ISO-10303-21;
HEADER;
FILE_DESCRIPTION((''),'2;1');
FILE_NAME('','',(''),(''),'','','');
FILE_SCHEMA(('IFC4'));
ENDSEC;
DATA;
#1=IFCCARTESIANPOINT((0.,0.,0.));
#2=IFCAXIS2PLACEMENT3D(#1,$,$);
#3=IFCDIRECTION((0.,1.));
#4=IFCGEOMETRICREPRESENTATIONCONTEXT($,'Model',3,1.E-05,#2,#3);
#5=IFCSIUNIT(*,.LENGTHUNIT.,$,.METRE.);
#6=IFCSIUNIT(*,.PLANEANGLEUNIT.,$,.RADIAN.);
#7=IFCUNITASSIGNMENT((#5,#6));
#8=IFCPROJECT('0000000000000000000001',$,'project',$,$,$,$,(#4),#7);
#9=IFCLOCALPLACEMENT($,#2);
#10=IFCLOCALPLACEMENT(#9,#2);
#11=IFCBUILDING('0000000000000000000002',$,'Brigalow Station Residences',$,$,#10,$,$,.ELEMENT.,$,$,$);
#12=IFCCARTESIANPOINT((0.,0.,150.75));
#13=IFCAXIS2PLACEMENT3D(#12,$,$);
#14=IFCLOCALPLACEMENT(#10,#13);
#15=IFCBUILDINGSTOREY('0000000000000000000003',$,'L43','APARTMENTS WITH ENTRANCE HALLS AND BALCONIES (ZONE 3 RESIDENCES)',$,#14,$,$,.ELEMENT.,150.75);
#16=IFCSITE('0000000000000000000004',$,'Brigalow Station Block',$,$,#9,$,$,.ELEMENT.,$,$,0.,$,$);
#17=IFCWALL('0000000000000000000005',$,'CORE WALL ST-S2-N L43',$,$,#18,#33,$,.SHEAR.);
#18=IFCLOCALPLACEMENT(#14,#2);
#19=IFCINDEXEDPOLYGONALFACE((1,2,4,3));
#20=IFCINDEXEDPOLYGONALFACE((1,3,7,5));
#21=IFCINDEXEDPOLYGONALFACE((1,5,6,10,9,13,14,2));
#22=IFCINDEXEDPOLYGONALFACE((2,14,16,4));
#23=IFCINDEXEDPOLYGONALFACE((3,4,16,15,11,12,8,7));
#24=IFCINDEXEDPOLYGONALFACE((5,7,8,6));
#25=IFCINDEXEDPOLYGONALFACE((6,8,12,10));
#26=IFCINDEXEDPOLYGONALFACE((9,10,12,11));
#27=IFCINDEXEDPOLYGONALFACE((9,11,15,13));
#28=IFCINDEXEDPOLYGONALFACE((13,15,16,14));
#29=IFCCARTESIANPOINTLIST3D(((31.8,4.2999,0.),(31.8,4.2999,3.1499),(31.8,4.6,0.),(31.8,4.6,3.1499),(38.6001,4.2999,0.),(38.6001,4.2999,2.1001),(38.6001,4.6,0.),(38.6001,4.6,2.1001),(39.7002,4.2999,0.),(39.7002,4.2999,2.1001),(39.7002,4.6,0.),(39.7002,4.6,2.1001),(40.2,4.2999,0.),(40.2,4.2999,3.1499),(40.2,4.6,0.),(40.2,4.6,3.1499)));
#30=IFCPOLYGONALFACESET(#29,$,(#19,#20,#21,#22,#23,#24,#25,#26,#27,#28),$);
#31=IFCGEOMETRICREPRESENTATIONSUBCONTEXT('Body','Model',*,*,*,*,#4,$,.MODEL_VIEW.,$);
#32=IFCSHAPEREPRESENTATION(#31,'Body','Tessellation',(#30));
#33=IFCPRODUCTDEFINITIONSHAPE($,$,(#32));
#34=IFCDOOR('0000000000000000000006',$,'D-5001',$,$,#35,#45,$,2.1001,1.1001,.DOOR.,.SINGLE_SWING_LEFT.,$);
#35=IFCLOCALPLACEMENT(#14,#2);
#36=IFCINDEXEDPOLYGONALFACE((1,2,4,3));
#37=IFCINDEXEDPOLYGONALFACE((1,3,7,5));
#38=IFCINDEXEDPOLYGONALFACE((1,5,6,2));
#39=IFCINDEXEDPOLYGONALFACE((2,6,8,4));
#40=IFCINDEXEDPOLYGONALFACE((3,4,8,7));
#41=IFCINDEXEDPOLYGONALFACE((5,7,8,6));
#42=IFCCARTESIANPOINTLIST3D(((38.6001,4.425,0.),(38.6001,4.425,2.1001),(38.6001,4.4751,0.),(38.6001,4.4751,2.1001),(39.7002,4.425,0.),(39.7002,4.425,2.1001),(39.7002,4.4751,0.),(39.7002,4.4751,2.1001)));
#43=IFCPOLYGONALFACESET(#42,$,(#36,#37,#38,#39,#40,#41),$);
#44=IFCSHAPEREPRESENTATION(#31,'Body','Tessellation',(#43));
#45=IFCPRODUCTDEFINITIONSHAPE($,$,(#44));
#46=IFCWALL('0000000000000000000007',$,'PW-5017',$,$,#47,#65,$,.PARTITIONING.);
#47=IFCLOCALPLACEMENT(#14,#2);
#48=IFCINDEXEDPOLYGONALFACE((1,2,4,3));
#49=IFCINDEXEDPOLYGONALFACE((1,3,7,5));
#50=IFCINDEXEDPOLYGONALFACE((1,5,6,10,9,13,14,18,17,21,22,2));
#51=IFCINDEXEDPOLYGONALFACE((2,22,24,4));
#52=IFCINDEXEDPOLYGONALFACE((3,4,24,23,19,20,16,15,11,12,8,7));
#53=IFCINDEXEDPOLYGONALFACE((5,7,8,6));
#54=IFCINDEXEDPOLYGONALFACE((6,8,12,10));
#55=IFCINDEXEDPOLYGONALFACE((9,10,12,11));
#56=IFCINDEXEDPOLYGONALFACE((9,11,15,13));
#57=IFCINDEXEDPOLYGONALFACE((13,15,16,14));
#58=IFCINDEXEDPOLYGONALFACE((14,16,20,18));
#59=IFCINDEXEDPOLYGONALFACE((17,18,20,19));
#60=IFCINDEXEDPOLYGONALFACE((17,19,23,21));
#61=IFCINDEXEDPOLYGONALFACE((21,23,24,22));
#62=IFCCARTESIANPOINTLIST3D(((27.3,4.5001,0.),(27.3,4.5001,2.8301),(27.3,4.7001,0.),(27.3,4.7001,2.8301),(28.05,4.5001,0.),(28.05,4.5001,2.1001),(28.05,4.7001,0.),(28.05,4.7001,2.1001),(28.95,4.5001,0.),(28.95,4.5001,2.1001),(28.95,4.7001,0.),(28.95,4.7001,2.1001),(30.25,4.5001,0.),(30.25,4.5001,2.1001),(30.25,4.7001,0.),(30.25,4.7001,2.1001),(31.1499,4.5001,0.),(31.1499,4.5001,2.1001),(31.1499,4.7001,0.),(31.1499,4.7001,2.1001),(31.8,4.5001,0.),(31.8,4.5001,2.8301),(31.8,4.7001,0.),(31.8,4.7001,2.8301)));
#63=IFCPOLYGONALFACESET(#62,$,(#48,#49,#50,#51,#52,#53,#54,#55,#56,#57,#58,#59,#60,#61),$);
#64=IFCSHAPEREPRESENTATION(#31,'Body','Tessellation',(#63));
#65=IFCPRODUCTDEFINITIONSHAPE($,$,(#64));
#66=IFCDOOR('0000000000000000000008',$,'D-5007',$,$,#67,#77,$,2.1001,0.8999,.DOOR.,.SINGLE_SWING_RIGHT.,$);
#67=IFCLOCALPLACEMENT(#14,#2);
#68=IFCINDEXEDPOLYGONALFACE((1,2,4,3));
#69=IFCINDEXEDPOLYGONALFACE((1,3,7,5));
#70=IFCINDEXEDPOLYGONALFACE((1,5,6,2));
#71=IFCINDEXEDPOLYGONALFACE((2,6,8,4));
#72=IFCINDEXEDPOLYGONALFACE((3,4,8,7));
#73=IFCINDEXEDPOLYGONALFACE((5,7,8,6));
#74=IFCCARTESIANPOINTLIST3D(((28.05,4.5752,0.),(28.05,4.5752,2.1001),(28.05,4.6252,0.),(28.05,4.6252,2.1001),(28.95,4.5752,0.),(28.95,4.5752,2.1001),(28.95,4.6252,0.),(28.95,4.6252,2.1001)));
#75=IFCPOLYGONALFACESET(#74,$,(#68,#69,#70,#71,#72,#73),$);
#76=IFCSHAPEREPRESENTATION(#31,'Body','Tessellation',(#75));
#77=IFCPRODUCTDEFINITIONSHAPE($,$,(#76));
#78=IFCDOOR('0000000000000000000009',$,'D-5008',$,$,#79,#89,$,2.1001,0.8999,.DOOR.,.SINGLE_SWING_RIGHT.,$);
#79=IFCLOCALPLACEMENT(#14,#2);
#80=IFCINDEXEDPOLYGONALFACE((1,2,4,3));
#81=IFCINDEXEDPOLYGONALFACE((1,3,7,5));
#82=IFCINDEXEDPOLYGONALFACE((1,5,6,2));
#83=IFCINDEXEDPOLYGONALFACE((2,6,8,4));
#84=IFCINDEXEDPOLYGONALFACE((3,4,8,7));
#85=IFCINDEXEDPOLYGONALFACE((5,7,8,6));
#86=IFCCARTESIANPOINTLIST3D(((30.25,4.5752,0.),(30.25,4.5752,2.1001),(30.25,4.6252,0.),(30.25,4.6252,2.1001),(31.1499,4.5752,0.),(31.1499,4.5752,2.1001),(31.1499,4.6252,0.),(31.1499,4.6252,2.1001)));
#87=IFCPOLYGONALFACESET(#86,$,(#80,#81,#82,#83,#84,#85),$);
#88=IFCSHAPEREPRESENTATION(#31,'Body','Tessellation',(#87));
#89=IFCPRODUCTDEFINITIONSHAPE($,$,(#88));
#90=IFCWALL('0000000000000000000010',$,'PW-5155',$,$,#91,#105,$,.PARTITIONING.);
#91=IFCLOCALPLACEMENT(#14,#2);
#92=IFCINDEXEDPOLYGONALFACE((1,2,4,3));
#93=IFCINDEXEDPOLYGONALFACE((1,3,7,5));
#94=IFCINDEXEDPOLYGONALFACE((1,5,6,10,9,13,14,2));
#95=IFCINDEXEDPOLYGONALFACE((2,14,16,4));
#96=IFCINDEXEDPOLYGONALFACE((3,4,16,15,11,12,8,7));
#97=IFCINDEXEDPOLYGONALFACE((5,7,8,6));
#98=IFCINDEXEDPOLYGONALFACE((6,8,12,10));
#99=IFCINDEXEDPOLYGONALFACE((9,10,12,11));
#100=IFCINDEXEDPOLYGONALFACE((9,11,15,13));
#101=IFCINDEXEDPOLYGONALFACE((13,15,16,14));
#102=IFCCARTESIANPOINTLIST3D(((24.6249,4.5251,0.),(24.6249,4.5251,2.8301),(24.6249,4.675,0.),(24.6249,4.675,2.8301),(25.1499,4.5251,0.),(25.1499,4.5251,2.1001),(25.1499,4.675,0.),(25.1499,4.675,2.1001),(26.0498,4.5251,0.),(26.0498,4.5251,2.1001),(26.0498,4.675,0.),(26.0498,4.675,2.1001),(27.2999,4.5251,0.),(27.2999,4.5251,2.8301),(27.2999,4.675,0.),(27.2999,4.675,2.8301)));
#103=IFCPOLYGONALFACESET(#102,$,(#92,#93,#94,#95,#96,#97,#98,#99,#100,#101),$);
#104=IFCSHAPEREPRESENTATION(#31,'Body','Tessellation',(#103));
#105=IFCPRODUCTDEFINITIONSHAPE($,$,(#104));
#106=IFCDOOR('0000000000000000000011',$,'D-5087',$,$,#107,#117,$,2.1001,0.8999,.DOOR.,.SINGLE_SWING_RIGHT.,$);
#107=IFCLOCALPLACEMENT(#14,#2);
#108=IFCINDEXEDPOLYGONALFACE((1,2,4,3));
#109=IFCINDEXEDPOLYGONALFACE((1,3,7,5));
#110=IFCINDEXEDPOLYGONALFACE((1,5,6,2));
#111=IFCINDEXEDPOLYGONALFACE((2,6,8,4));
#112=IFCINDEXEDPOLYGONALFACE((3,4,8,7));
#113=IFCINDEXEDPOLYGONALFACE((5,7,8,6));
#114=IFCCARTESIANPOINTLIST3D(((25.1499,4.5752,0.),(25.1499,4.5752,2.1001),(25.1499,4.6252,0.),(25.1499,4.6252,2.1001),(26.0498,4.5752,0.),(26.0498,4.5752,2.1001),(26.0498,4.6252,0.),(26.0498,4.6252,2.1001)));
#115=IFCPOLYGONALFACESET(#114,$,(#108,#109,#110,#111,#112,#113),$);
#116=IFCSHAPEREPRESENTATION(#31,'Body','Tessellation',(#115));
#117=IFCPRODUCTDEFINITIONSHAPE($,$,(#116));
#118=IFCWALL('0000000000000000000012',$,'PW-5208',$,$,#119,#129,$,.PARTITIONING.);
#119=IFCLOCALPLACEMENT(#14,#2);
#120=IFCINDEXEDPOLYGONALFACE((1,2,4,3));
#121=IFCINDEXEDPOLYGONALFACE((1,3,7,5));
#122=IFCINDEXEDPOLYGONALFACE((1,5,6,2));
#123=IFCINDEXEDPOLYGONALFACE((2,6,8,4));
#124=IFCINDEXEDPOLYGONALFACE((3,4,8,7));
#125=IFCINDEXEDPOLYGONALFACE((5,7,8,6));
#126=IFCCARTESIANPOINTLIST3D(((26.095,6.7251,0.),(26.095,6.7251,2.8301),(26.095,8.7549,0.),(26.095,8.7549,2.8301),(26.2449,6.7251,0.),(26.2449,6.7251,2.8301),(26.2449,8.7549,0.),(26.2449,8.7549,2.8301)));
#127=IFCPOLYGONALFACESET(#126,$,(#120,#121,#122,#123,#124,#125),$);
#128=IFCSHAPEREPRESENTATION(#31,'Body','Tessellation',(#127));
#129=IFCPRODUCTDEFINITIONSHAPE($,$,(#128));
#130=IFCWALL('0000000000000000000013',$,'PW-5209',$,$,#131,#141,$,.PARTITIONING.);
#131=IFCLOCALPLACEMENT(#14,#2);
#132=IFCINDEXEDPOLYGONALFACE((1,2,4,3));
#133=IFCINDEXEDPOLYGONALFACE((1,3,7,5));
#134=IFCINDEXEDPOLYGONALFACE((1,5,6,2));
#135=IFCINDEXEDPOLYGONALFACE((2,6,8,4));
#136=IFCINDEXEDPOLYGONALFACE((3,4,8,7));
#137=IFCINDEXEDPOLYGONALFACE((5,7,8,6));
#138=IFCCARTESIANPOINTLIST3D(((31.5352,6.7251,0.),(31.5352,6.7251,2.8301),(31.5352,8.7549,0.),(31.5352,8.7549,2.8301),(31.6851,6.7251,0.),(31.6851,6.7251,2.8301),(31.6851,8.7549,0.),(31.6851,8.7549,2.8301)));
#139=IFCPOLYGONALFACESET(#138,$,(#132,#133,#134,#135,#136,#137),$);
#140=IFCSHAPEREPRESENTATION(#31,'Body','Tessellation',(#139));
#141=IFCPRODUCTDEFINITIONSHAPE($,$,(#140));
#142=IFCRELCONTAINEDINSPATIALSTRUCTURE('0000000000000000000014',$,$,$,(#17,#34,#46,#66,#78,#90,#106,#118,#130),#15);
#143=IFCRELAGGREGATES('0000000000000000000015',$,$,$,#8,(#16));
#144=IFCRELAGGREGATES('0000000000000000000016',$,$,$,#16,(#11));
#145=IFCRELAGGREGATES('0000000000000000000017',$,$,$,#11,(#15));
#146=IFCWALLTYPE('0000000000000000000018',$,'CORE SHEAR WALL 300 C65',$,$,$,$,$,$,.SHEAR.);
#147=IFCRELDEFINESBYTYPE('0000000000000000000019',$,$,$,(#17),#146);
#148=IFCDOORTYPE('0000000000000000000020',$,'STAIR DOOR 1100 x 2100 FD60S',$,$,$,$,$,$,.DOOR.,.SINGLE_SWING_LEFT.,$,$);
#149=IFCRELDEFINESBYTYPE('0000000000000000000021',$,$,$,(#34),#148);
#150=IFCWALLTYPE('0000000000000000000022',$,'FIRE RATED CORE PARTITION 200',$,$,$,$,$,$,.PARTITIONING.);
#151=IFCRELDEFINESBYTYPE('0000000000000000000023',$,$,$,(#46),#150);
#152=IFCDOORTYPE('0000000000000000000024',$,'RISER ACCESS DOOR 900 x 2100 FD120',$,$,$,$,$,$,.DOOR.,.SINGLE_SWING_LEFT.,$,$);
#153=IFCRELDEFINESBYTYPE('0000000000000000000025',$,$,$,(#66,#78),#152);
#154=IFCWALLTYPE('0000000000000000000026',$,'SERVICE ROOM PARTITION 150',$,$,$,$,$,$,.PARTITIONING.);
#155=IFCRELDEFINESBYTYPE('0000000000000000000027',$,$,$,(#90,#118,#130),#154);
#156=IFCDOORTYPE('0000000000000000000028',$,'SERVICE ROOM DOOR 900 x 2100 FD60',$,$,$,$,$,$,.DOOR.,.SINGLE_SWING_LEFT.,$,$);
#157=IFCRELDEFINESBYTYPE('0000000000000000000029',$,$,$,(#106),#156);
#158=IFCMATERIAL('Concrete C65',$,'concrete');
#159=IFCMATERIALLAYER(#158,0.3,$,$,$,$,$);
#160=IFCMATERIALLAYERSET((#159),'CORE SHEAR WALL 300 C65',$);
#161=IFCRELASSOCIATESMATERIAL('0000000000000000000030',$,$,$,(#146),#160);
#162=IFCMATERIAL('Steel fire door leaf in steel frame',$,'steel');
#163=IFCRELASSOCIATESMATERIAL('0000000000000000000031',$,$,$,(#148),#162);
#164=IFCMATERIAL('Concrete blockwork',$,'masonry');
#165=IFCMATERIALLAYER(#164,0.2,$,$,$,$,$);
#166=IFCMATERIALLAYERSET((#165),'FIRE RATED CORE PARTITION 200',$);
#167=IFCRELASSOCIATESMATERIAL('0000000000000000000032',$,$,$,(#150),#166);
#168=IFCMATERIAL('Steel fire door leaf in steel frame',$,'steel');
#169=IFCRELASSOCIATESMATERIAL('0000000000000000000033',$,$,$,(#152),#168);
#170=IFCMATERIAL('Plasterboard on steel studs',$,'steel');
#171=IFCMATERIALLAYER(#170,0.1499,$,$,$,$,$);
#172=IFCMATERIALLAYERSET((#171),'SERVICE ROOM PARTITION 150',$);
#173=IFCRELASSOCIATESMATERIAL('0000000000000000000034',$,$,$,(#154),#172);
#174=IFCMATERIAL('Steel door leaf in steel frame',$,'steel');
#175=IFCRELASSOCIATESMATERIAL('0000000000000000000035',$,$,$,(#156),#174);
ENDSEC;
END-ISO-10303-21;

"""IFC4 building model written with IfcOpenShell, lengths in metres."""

from ifc_helpers import new_model, si_unit, direction, frame, frame_2d, origin, place, context, subcontext, project, spatial, rectangle, extrude, material, layer, layer_set, type_object, element, fill, save


model = new_model("IFC4")

# Units and contexts
model_context = context("Model", 3, precision=1e-05, world=origin(), true_north=direction((0.0, 1.0)))
body_context = subcontext(model_context, "Body", "Model", "MODEL_VIEW")
ifc_project = project(units=[si_unit("LENGTHUNIT", "METRE"), si_unit("PLANEANGLEUNIT", "RADIAN")], contexts=[model_context])

# Site, building, storey
site_placement = place(None, origin())
site = spatial("IfcSite", under=ifc_project, at=site_placement, Name="Brigalow Station Block", CompositionType="ELEMENT", RefElevation=0.0)
building_placement = place(site_placement, origin())
building = spatial("IfcBuilding", under=site, at=building_placement, Name="Brigalow Station Residences", CompositionType="ELEMENT")
storey_placement = place(building_placement, frame((0.0, 0.0, 150.75)))
storey = spatial("IfcBuildingStorey", under=building, at=storey_placement, Name="L43", Description="APARTMENTS WITH ENTRANCE HALLS AND BALCONIES (ZONE 3 RESIDENCES)", CompositionType="ELEMENT", Elevation=150.75)

# Wall, opening, door
ifc_material_1 = material(Name="Concrete C65", Category="concrete")
ifc_layer_1 = layer(ifc_material_1, 0.3)
ifc_layer_set_1 = layer_set([ifc_layer_1], Name="CORE SHEAR WALL 300 C65")
wall_type_1 = type_object("IfcWallType", Name="CORE SHEAR WALL 300 C65", PredefinedType="SHEAR", material=ifc_layer_set_1)
wall_1_placement = place(storey_placement, frame((31.8, 4.45, 0.0), z_axis=(0.0, 0.0, 1.0), x_axis=(1.0, 0.0, 0.0)))
wall_1 = element("IfcWall", 1, at=wall_1_placement, inside=storey, type_object=wall_type_1, Name="CORE WALL ST-S2-N L43", PredefinedType="SHEAR", context=body_context, shape_type="SweptSolid", body=[
    extrude(rectangle(XDim=8.3999, YDim=0.3, at=frame_2d((4.2, 0.0))), origin(), (0.0, 0.0, 1.0), 3.1499),
])
opening_1_placement = place(wall_1_placement, frame((6.8, 0.0, 0.0)))
opening_1 = element("IfcOpeningElement", 2, at=opening_1_placement, cuts=wall_1, PredefinedType="OPENING", context=body_context, shape_type="SweptSolid", body=[
    extrude(rectangle(XDim=1.1001, YDim=2.1001, at=frame_2d((0.55, 1.05))), frame((0.0, 0.1602, 0.0), z_axis=(0.0, -1.0, 0.0), x_axis=(1.0, 0.0, 0.0)), (0.0, 0.0, 1.0), 0.3201),
])
ifc_material_2 = material(Name="Steel fire door leaf in steel frame", Category="steel")
door_type_1 = type_object("IfcDoorType", Name="STAIR DOOR 1100 x 2100 FD60S", OperationType="SINGLE_SWING_LEFT", PredefinedType="DOOR", material=ifc_material_2)
door_1_placement = place(opening_1_placement, frame((1.1001, 0.0, 0.0), z_axis=(0.0, 0.0, 1.0), x_axis=(-1.0, 0.0, 0.0)))
door_1 = element("IfcDoor", 3, at=door_1_placement, inside=storey, type_object=door_type_1, Name="D-5001", OperationType="SINGLE_SWING_LEFT", OverallHeight=2.1001, OverallWidth=1.1001, PredefinedType="DOOR", context=body_context, shape_type="SweptSolid", body=[
    extrude(rectangle(XDim=1.1001, YDim=2.1001, at=frame_2d((0.55, 1.05))), frame((0.0, 0.0249, 0.0), z_axis=(0.0, -1.0, 0.0), x_axis=(1.0, 0.0, 0.0)), (0.0, 0.0, 1.0), 0.05),
])
fill(opening_1, door_1)

# Wall, openings, doors
ifc_material_3 = material(Name="Concrete blockwork", Category="masonry")
ifc_layer_2 = layer(ifc_material_3, 0.2)
ifc_layer_set_2 = layer_set([ifc_layer_2], Name="FIRE RATED CORE PARTITION 200")
wall_type_2 = type_object("IfcWallType", Name="FIRE RATED CORE PARTITION 200", PredefinedType="PARTITIONING", material=ifc_layer_set_2)
wall_2_placement = place(storey_placement, frame((27.3, 4.6001, 0.0), z_axis=(0.0, 0.0, 1.0), x_axis=(1.0, 0.0, 0.0)))
wall_2 = element("IfcWall", 4, at=wall_2_placement, inside=storey, type_object=wall_type_2, Name="PW-5017", PredefinedType="PARTITIONING", context=body_context, shape_type="SweptSolid", body=[
    extrude(rectangle(XDim=4.5, YDim=0.2, at=frame_2d((2.25, 0.0))), origin(), (0.0, 0.0, 1.0), 2.8301),
])
opening_2_placement = place(wall_2_placement, frame((0.75, 0.0, 0.0)))
opening_2 = element("IfcOpeningElement", 5, at=opening_2_placement, cuts=wall_2, PredefinedType="OPENING", context=body_context, shape_type="SweptSolid", body=[
    extrude(rectangle(XDim=0.8999, YDim=2.1001, at=frame_2d((0.45, 1.05))), frame((0.0, 0.1099, 0.0), z_axis=(0.0, -1.0, 0.0), x_axis=(1.0, 0.0, 0.0)), (0.0, 0.0, 1.0), 0.22),
])
opening_3_placement = place(wall_2_placement, frame((2.95, 0.0, 0.0)))
opening_3 = element("IfcOpeningElement", 6, at=opening_3_placement, cuts=wall_2, PredefinedType="OPENING", context=body_context, shape_type="SweptSolid", body=[
    extrude(rectangle(XDim=0.8999, YDim=2.1001, at=frame_2d((0.45, 1.05))), frame((0.0, 0.1099, 0.0), z_axis=(0.0, -1.0, 0.0), x_axis=(1.0, 0.0, 0.0)), (0.0, 0.0, 1.0), 0.22),
])
ifc_material_4 = material(Name="Steel fire door leaf in steel frame", Category="steel")
door_type_2 = type_object("IfcDoorType", Name="RISER ACCESS DOOR 900 x 2100 FD120", OperationType="SINGLE_SWING_LEFT", PredefinedType="DOOR", material=ifc_material_4)
door_2_placement = place(opening_2_placement, frame((0.8999, 0.0, 0.0), z_axis=(0.0, 0.0, 1.0), x_axis=(-1.0, 0.0, 0.0)))
door_2 = element("IfcDoor", 7, at=door_2_placement, inside=storey, type_object=door_type_2, Name="D-5007", OperationType="SINGLE_SWING_RIGHT", OverallHeight=2.1001, OverallWidth=0.8999, PredefinedType="DOOR", context=body_context, shape_type="SweptSolid", body=[
    extrude(rectangle(XDim=0.8999, YDim=2.1001, at=frame_2d((0.45, 1.05))), frame((0.0, 0.0249, 0.0), z_axis=(0.0, -1.0, 0.0), x_axis=(1.0, 0.0, 0.0)), (0.0, 0.0, 1.0), 0.05),
])
fill(opening_2, door_2)
door_3_placement = place(opening_3_placement, frame((0.8999, 0.0, 0.0), z_axis=(0.0, 0.0, 1.0), x_axis=(-1.0, 0.0, 0.0)))
door_3 = element("IfcDoor", 8, at=door_3_placement, inside=storey, type_object=door_type_2, Name="D-5008", OperationType="SINGLE_SWING_RIGHT", OverallHeight=2.1001, OverallWidth=0.8999, PredefinedType="DOOR", context=body_context, shape_type="SweptSolid", body=[
    extrude(rectangle(XDim=0.8999, YDim=2.1001, at=frame_2d((0.45, 1.05))), frame((0.0, 0.0249, 0.0), z_axis=(0.0, -1.0, 0.0), x_axis=(1.0, 0.0, 0.0)), (0.0, 0.0, 1.0), 0.05),
])
fill(opening_3, door_3)

# Wall, opening, door
ifc_material_5 = material(Name="Plasterboard on steel studs", Category="steel")
ifc_layer_3 = layer(ifc_material_5, 0.1499)
ifc_layer_set_3 = layer_set([ifc_layer_3], Name="SERVICE ROOM PARTITION 150")
wall_type_3 = type_object("IfcWallType", Name="SERVICE ROOM PARTITION 150", PredefinedType="PARTITIONING", material=ifc_layer_set_3)
wall_3_placement = place(storey_placement, frame((24.625, 4.6001, 0.0), z_axis=(0.0, 0.0, 1.0), x_axis=(1.0, 0.0, 0.0)))
wall_3 = element("IfcWall", 9, at=wall_3_placement, inside=storey, type_object=wall_type_3, Name="PW-5155", PredefinedType="PARTITIONING", context=body_context, shape_type="SweptSolid", body=[
    extrude(rectangle(XDim=2.675, YDim=0.1499, at=frame_2d((1.3374, 0.0))), origin(), (0.0, 0.0, 1.0), 2.8301),
])
opening_4_placement = place(wall_3_placement, frame((0.5249, 0.0, 0.0)))
opening_4 = element("IfcOpeningElement", 10, at=opening_4_placement, cuts=wall_3, PredefinedType="OPENING", context=body_context, shape_type="SweptSolid", body=[
    extrude(rectangle(XDim=0.8999, YDim=2.1001, at=frame_2d((0.45, 1.05))), frame((0.0, 0.085, 0.0), z_axis=(0.0, -1.0, 0.0), x_axis=(1.0, 0.0, 0.0)), (0.0, 0.0, 1.0), 0.1699),
])
ifc_material_6 = material(Name="Steel door leaf in steel frame", Category="steel")
door_type_3 = type_object("IfcDoorType", Name="SERVICE ROOM DOOR 900 x 2100 FD60", OperationType="SINGLE_SWING_LEFT", PredefinedType="DOOR", material=ifc_material_6)
door_4_placement = place(opening_4_placement, frame((0.8999, 0.0, 0.0), z_axis=(0.0, 0.0, 1.0), x_axis=(-1.0, 0.0, 0.0)))
door_4 = element("IfcDoor", 11, at=door_4_placement, inside=storey, type_object=door_type_3, Name="D-5087", OperationType="SINGLE_SWING_RIGHT", OverallHeight=2.1001, OverallWidth=0.8999, PredefinedType="DOOR", context=body_context, shape_type="SweptSolid", body=[
    extrude(rectangle(XDim=0.8999, YDim=2.1001, at=frame_2d((0.45, 1.05))), frame((0.0, 0.0249, 0.0), z_axis=(0.0, -1.0, 0.0), x_axis=(1.0, 0.0, 0.0)), (0.0, 0.0, 1.0), 0.05),
])
fill(opening_4, door_4)

# Walls
for number, where, z_axis, x_axis, name in (
    (12, (26.1699, 6.7251, 0.0), (0.0, 0.0, 1.0), (0.0, 1.0, 0.0), "PW-5208"),
    (13, (31.6101, 6.7251, 0.0), (0.0, 0.0, 1.0), (0.0, 1.0, 0.0), "PW-5209"),
):
    element("IfcWall", number, at=place(storey_placement, frame(where, z_axis=z_axis, x_axis=x_axis)), inside=storey, type_object=wall_type_3, Name=name, PredefinedType="PARTITIONING", context=body_context, shape_type="SweptSolid", body=[
        extrude(rectangle(XDim=2.0298, YDim=0.1499, at=frame_2d((1.0149, 0.0))), origin(), (0.0, 0.0, 1.0), 2.8301),
    ])

save(model, "model.ifc")
